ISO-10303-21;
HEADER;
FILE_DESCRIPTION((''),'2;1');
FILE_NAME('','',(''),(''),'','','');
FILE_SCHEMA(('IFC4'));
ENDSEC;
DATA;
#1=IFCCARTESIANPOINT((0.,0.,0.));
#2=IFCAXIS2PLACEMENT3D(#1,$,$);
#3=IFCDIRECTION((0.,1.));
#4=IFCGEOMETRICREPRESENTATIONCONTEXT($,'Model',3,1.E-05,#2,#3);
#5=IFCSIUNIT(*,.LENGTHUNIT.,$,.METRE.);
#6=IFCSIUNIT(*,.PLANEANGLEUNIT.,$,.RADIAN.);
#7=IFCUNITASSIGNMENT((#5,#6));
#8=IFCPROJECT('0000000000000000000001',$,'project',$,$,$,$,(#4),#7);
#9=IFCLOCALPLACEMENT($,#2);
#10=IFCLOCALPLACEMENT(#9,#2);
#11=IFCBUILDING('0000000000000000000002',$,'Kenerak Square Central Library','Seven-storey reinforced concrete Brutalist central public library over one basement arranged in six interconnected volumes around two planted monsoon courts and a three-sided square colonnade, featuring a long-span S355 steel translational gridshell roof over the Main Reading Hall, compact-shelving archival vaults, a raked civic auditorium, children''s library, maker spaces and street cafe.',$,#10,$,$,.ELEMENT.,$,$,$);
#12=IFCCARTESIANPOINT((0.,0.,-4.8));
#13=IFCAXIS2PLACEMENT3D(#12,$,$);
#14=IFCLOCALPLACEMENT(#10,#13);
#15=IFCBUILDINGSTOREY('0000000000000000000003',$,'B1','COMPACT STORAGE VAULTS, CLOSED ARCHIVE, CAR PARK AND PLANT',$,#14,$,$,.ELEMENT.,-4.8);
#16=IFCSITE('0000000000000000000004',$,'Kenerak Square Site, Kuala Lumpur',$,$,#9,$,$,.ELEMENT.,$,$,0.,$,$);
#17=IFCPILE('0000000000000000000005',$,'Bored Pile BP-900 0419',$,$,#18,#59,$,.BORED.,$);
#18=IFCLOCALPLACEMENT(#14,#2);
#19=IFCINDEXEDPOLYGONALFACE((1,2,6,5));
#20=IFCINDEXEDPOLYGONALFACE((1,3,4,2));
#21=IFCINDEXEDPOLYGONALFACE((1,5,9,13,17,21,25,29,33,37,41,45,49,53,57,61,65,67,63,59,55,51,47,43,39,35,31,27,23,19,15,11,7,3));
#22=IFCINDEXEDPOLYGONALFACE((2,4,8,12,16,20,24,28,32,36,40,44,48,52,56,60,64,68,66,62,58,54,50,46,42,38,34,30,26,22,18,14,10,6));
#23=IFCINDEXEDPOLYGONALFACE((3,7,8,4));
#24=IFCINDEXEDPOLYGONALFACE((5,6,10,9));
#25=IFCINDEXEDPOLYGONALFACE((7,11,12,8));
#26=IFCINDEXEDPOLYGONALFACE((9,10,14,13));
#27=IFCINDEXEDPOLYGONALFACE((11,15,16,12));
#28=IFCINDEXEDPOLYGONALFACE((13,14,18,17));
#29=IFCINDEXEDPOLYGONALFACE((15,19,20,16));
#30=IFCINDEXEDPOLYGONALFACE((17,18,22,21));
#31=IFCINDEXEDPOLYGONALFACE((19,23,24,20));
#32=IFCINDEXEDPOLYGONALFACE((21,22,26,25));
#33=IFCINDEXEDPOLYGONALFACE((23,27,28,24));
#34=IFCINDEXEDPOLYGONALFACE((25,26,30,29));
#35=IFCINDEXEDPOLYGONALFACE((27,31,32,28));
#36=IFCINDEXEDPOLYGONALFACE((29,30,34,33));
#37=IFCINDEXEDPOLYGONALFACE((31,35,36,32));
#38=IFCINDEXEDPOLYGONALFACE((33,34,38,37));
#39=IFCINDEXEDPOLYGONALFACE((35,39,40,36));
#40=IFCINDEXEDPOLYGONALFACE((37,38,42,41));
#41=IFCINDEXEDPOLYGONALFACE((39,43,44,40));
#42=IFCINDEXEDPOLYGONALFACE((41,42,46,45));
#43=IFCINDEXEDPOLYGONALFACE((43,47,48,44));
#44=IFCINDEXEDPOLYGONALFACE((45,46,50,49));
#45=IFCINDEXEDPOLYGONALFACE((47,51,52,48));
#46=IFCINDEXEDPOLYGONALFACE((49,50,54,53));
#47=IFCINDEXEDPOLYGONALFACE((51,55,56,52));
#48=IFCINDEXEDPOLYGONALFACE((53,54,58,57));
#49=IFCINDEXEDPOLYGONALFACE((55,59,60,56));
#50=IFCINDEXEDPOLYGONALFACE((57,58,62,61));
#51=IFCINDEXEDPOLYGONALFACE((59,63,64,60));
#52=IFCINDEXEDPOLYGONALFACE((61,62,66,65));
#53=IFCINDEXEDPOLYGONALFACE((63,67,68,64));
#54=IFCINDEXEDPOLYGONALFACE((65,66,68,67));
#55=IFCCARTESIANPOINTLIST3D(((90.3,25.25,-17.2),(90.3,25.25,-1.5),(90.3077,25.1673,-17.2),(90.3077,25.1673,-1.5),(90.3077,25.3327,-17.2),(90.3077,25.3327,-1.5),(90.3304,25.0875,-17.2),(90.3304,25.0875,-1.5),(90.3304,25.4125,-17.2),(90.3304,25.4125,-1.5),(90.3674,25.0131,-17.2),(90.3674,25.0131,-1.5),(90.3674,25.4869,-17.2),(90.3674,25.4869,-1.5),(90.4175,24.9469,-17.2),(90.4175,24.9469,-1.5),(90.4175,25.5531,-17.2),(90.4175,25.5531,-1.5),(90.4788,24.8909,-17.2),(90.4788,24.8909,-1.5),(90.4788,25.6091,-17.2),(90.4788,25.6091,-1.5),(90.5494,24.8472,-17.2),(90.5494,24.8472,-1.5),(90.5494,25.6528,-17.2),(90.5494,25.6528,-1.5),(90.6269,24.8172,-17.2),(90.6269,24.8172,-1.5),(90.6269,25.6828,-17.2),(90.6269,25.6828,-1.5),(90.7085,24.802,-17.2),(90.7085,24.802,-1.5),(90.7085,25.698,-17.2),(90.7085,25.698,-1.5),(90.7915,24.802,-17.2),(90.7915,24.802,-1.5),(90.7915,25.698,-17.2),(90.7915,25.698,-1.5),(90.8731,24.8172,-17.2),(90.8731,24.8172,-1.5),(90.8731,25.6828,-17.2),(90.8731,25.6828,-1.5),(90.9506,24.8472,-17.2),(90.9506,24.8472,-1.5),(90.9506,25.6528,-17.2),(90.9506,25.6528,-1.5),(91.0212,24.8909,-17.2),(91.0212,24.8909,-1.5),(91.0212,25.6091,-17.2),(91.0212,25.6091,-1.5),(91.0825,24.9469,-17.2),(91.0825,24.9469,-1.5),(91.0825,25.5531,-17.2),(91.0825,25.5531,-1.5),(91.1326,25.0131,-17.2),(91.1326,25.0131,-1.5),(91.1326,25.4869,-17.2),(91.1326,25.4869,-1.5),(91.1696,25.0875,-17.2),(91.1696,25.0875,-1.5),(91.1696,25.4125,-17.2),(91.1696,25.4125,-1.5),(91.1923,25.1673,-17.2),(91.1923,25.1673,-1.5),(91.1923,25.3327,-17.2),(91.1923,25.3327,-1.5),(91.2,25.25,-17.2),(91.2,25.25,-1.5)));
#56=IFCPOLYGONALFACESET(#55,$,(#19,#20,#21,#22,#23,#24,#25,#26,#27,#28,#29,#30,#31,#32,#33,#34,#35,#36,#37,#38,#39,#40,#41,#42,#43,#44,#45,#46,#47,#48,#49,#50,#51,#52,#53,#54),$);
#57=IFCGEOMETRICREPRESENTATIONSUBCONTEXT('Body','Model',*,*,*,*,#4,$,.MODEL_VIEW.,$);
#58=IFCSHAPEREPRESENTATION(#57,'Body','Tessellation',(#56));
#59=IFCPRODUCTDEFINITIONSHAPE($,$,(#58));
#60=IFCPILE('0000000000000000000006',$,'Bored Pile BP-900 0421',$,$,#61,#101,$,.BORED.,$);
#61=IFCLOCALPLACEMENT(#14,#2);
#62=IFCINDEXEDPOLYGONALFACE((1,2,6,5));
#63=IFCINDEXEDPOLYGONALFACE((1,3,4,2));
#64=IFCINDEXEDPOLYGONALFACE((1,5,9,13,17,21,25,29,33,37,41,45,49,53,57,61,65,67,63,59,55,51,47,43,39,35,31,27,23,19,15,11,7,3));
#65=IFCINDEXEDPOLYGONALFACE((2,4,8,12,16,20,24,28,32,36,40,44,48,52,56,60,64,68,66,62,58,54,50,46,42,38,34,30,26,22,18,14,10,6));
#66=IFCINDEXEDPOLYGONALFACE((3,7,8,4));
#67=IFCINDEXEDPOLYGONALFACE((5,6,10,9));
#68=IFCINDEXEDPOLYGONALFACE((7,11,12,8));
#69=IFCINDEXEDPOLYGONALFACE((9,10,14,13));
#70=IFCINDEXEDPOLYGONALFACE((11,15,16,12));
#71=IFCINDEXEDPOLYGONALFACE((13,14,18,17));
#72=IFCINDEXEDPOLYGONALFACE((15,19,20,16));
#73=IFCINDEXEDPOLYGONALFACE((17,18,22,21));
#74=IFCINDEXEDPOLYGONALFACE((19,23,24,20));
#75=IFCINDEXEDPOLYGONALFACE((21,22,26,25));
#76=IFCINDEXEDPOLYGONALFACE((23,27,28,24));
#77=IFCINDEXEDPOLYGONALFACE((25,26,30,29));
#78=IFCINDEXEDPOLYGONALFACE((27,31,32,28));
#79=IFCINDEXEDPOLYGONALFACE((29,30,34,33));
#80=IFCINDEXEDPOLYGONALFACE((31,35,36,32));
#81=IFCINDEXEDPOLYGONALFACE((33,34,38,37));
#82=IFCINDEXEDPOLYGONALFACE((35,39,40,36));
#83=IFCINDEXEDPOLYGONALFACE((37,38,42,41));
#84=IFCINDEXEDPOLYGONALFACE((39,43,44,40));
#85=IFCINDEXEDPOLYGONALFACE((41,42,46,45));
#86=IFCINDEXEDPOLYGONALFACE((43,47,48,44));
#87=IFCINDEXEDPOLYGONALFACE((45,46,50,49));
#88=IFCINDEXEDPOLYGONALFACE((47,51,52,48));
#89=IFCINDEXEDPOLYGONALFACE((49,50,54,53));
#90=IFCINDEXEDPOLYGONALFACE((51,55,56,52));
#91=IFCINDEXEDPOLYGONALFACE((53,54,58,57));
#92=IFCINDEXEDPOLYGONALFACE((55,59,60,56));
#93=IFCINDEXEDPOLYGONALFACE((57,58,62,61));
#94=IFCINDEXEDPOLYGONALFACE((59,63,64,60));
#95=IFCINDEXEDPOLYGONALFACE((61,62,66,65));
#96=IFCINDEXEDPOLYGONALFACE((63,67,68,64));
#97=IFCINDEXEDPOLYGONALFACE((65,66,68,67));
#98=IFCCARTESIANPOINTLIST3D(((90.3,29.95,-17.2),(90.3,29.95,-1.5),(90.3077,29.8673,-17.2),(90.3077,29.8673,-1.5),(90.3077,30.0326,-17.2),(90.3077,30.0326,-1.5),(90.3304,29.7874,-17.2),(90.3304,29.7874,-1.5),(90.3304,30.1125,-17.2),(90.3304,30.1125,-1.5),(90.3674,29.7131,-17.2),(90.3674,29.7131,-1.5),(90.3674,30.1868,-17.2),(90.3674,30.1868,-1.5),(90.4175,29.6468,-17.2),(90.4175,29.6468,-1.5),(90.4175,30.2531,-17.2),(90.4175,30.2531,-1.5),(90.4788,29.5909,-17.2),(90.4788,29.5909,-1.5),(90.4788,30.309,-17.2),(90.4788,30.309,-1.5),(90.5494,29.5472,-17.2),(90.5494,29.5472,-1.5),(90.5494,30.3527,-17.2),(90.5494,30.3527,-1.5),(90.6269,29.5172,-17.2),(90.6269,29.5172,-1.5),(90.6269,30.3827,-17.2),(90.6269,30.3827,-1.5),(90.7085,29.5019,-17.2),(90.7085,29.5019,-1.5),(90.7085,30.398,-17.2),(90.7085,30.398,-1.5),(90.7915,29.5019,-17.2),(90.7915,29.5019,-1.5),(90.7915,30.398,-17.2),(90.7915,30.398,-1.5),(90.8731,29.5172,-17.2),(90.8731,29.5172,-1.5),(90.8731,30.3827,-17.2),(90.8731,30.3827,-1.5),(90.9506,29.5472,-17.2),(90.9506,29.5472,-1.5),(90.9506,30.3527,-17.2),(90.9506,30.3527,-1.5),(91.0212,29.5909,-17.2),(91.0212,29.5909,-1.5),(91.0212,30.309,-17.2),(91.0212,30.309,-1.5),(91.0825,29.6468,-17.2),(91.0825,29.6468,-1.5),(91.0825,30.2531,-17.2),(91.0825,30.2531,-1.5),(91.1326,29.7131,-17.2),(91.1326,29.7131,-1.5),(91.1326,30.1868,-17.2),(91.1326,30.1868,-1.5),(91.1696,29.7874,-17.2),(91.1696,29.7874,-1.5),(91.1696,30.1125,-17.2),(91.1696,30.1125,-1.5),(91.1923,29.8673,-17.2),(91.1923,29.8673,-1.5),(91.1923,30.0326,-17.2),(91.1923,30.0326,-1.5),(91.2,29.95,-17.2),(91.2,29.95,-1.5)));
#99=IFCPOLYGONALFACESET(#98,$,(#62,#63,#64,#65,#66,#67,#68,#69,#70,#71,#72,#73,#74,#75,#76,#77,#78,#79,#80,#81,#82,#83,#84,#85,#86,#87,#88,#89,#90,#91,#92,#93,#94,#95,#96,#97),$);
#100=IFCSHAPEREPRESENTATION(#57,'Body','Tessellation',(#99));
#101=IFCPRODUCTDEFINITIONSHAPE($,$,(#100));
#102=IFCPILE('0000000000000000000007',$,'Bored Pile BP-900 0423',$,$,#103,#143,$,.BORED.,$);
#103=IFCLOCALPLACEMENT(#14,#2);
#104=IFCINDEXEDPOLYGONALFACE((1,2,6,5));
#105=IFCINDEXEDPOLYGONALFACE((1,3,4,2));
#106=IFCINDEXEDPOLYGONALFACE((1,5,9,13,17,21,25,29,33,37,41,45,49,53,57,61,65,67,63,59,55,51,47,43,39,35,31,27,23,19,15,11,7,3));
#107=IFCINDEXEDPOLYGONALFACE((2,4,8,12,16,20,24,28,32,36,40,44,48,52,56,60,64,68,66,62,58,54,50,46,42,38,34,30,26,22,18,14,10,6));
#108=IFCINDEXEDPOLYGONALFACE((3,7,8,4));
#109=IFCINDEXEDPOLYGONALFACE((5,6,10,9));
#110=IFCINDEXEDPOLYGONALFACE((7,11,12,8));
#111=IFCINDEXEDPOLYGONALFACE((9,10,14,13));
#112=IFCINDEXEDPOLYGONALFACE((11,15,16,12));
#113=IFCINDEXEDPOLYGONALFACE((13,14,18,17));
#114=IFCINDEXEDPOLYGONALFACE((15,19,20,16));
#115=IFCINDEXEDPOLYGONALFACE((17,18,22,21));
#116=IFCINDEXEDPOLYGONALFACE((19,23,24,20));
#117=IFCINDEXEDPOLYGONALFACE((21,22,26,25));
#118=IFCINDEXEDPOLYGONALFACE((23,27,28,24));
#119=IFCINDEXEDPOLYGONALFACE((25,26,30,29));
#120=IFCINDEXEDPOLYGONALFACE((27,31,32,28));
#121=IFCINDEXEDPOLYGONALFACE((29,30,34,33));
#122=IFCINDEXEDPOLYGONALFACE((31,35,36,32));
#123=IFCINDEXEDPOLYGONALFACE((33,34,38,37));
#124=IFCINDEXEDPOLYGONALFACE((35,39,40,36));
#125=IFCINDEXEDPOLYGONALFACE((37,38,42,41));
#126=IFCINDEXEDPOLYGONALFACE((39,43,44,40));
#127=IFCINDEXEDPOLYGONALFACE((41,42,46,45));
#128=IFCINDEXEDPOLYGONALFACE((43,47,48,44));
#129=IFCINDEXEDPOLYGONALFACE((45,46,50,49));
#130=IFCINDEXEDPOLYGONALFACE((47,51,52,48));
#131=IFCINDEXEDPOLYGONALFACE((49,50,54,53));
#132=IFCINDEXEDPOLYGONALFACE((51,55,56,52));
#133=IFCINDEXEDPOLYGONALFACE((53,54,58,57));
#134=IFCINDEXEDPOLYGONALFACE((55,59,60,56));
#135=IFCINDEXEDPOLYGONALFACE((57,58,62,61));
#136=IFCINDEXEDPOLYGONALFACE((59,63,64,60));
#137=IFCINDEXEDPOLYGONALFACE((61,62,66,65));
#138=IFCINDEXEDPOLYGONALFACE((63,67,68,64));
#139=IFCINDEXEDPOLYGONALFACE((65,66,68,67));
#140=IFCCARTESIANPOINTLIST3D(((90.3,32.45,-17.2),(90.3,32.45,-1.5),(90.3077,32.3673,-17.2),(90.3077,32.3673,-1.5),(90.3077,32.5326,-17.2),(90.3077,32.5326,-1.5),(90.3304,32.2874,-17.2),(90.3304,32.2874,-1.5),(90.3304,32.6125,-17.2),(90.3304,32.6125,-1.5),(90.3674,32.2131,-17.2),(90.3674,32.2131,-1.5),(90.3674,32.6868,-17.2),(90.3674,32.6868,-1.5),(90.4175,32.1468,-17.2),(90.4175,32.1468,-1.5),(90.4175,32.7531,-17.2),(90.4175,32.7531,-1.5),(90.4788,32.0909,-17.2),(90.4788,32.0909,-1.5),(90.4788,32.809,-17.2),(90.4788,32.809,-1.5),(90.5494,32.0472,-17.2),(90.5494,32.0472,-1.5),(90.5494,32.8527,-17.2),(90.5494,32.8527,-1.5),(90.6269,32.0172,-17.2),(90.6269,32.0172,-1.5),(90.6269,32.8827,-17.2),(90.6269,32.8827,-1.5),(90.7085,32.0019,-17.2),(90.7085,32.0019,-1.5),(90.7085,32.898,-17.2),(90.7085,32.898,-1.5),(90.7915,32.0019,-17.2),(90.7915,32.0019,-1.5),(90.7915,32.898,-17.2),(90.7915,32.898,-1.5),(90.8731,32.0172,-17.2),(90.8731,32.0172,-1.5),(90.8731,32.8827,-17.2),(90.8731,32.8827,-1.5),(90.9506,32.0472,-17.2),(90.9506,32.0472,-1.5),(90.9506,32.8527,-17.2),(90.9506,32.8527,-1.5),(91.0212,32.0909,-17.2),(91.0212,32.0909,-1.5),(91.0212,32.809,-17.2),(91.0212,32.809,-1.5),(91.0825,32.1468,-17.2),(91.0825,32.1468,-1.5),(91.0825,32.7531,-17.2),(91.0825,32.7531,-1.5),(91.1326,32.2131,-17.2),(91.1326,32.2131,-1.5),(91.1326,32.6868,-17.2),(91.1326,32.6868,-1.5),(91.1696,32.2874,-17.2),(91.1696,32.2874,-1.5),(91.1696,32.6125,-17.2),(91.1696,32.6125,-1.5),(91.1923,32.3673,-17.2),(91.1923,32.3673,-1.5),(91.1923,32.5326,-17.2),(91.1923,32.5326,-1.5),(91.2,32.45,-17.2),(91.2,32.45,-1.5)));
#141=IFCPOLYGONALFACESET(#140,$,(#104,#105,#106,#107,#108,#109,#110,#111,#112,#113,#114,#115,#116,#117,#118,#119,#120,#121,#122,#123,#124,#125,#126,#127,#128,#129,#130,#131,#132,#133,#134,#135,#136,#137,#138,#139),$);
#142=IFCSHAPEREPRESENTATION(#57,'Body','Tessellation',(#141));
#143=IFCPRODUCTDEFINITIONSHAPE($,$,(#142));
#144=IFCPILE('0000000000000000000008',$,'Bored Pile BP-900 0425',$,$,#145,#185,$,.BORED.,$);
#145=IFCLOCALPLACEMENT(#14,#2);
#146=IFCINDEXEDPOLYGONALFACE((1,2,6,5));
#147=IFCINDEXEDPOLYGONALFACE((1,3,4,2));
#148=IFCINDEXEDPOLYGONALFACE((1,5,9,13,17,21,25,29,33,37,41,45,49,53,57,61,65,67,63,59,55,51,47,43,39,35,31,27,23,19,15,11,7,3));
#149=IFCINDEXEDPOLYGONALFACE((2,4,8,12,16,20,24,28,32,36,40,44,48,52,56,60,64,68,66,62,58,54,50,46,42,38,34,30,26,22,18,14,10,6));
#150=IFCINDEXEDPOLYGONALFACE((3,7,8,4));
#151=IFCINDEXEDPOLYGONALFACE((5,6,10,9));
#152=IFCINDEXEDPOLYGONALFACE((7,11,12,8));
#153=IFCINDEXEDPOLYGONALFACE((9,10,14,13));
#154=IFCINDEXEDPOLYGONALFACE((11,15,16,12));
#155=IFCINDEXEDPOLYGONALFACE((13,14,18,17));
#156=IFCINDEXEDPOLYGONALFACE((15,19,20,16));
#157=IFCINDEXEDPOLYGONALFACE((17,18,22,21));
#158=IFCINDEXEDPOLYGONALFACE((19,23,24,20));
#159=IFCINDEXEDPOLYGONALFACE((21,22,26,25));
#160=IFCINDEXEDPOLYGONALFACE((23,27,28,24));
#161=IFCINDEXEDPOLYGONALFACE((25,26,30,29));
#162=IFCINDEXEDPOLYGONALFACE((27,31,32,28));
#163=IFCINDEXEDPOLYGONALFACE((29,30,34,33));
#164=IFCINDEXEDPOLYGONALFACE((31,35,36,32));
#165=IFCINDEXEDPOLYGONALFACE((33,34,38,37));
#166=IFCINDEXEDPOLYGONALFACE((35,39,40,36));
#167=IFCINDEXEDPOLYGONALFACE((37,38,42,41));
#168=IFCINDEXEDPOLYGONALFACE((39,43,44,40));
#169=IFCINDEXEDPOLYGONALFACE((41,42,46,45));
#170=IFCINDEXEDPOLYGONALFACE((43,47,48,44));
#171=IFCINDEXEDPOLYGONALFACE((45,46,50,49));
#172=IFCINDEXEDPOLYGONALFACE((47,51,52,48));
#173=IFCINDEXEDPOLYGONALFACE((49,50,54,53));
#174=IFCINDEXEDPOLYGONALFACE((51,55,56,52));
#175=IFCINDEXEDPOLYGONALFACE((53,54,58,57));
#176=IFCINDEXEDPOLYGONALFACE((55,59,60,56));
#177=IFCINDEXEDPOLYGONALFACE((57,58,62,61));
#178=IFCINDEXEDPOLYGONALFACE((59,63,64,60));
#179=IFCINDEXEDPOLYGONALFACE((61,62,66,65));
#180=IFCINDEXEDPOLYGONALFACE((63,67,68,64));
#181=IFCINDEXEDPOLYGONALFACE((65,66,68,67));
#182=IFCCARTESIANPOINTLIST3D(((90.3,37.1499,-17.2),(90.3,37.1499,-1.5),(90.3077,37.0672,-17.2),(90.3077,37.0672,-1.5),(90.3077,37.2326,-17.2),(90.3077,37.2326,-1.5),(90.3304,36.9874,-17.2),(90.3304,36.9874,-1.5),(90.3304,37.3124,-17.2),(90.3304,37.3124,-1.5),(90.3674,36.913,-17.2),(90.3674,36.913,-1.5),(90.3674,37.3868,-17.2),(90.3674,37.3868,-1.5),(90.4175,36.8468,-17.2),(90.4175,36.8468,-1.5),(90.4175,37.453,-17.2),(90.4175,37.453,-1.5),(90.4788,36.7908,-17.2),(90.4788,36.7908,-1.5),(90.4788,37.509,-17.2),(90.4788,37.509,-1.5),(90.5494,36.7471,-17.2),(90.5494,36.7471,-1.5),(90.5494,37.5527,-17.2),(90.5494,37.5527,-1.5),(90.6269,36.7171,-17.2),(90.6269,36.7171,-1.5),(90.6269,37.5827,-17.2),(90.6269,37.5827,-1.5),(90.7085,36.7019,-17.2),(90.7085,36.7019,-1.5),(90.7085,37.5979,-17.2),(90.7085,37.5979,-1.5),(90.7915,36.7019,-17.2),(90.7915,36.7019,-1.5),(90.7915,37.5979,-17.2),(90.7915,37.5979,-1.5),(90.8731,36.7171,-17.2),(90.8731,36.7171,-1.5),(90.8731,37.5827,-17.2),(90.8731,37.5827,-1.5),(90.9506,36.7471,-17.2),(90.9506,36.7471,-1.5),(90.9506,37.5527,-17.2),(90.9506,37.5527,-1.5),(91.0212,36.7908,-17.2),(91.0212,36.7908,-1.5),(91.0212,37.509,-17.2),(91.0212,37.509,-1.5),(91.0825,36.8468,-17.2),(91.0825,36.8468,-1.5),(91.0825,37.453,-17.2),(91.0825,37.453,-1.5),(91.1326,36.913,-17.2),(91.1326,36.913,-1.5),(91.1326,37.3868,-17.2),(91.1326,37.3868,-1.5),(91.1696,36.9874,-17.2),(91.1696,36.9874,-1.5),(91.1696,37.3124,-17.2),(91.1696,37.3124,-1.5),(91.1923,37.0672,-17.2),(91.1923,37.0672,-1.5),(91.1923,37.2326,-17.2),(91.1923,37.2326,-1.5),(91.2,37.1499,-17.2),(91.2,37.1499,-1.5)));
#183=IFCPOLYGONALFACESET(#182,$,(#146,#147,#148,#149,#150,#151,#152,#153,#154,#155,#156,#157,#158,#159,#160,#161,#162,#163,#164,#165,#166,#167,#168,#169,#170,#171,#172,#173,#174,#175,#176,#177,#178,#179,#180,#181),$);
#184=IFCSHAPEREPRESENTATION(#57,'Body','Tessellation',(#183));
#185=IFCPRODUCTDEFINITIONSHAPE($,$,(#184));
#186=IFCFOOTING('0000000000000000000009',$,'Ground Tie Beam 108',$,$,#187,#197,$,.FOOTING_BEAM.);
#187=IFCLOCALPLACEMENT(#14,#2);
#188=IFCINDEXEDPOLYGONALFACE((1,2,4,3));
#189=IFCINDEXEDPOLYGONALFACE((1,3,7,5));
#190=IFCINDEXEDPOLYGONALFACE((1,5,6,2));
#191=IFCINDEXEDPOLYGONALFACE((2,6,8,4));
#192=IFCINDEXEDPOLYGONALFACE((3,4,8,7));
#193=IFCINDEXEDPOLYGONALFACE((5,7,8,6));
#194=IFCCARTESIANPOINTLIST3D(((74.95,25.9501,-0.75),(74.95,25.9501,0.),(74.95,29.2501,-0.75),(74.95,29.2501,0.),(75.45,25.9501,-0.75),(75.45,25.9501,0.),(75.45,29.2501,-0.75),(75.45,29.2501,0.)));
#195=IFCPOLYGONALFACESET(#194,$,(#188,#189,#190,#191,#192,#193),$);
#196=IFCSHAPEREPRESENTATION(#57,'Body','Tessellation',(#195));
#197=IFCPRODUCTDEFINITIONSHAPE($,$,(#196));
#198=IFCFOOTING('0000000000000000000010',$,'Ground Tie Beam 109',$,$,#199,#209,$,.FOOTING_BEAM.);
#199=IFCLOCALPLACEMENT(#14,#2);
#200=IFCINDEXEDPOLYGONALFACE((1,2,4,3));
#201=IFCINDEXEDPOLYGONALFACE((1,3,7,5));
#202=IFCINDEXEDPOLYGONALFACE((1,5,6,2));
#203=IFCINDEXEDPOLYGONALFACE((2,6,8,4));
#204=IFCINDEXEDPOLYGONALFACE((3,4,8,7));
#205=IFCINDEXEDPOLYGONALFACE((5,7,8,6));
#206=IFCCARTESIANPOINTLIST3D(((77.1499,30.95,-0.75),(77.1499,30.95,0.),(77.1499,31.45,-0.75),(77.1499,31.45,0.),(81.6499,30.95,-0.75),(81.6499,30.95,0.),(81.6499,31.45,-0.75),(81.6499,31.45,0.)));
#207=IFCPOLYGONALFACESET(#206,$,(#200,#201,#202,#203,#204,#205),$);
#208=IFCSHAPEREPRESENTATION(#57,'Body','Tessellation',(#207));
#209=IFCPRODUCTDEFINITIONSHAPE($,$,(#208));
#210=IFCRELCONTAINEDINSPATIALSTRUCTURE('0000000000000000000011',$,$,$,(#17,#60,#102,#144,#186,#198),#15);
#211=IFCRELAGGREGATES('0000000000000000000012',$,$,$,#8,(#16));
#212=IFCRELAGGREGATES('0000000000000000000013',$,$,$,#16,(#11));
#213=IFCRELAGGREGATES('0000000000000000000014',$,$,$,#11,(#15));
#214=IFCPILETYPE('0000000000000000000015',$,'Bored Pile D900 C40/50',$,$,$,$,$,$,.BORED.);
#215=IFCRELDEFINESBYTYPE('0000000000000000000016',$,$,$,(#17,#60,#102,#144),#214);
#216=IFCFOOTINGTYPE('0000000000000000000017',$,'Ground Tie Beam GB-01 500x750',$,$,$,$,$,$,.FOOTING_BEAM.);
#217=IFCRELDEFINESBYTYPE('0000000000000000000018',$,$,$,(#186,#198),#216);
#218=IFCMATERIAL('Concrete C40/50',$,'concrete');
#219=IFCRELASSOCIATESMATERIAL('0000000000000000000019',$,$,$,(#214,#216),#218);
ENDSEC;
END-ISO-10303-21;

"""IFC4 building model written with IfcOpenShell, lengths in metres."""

from ifc_helpers import new_model, si_unit, direction, frame, origin, origin_2d, place, context, subcontext, project, spatial, rectangle, circle, extrude, material, material_profile, profile_set, type_object, element, save


model = new_model("IFC4")

# Units and contexts
model_context = context("Model", 3, precision=1e-05, world=origin(), true_north=direction((0.0, 1.0)))
body_context = subcontext(model_context, "Body", "Model", "MODEL_VIEW")
ifc_project = project(units=[si_unit("LENGTHUNIT", "METRE"), si_unit("PLANEANGLEUNIT", "RADIAN")], contexts=[model_context])

# Site, building, storey
site_placement = place(None, origin())
site = spatial("IfcSite", under=ifc_project, at=site_placement, Name="Kenerak Square Site, Kuala Lumpur", CompositionType="ELEMENT", RefElevation=0.0)
building_placement = place(site_placement, origin())
building = spatial("IfcBuilding", under=site, at=building_placement, Name="Kenerak Square Central Library", Description="Seven-storey reinforced concrete Brutalist central public library over one basement arranged in six interconnected volumes around two planted monsoon courts and a three-sided square colonnade, featuring a long-span S355 steel translational gridshell roof over the Main Reading Hall, compact-shelving archival vaults, a raked civic auditorium, children's library, maker spaces and street cafe.", CompositionType="ELEMENT")
storey_placement = place(building_placement, frame((0.0, 0.0, -4.8)))
storey = spatial("IfcBuildingStorey", under=building, at=storey_placement, Name="B1", Description="COMPACT STORAGE VAULTS, CLOSED ARCHIVE, CAR PARK AND PLANT", CompositionType="ELEMENT", Elevation=-4.8)

# Piles
ifc_material_1 = material(Name="Concrete C40/50", Category="concrete")
ifc_material_profile_1 = material_profile(ifc_material_1, circle(Radius=0.45, at=origin_2d()), Name="BP D900")
ifc_profile_set_1 = profile_set([ifc_material_profile_1], Name="Concrete C40/50")
pile_type = type_object("IfcPileType", Name="Bored Pile D900 C40/50", PredefinedType="BORED", material=ifc_profile_set_1)
for number, where, z_axis, x_axis, name in (
    (1, (90.75, 25.25, -1.5), (0.0, 0.0, -1.0), (1.0, 0.0, 0.0), "Bored Pile BP-900 0419"),
    (2, (90.75, 29.95, -1.5), (0.0, 0.0, -1.0), (1.0, 0.0, 0.0), "Bored Pile BP-900 0421"),
    (3, (90.75, 32.45, -1.5), (0.0, 0.0, -1.0), (1.0, 0.0, 0.0), "Bored Pile BP-900 0423"),
    (4, (90.75, 37.1499, -1.5), (0.0, 0.0, -1.0), (1.0, 0.0, 0.0), "Bored Pile BP-900 0425"),
):
    element("IfcPile", number, at=place(storey_placement, frame(where, z_axis=z_axis, x_axis=x_axis)), inside=storey, type_object=pile_type, Name=name, PredefinedType="BORED", context=body_context, shape_type="SweptSolid", body=[
        extrude(circle(Radius=0.45, at=origin_2d()), origin(), (0.0, 0.0, 1.0), 15.7),
    ])

# Footings
footing_type_1 = type_object("IfcFootingType", Name="Ground Tie Beam GB-01 500x750", PredefinedType="FOOTING_BEAM", material=ifc_material_1)
footing_1_placement = place(storey_placement, frame((75.2, 27.6001, -0.75), z_axis=(0.0, 0.0, 1.0), x_axis=(1.0, 0.0, 0.0)))
element("IfcFooting", 5, at=footing_1_placement, inside=storey, type_object=footing_type_1, Name="Ground Tie Beam 108", PredefinedType="FOOTING_BEAM", context=body_context, shape_type="SweptSolid", body=[
    extrude(rectangle(XDim=0.5, YDim=3.3, at=origin_2d()), origin(), (0.0, 0.0, 1.0), 0.75),
])
footing_2_placement = place(storey_placement, frame((79.3999, 31.2, -0.75), z_axis=(0.0, 0.0, 1.0), x_axis=(1.0, 0.0, 0.0)))
element("IfcFooting", 6, at=footing_2_placement, inside=storey, type_object=footing_type_1, Name="Ground Tie Beam 109", PredefinedType="FOOTING_BEAM", context=body_context, shape_type="SweptSolid", body=[
    extrude(rectangle(XDim=4.5, YDim=0.5, at=origin_2d()), origin(), (0.0, 0.0, 1.0), 0.75),
])

save(model, "model.ifc")
